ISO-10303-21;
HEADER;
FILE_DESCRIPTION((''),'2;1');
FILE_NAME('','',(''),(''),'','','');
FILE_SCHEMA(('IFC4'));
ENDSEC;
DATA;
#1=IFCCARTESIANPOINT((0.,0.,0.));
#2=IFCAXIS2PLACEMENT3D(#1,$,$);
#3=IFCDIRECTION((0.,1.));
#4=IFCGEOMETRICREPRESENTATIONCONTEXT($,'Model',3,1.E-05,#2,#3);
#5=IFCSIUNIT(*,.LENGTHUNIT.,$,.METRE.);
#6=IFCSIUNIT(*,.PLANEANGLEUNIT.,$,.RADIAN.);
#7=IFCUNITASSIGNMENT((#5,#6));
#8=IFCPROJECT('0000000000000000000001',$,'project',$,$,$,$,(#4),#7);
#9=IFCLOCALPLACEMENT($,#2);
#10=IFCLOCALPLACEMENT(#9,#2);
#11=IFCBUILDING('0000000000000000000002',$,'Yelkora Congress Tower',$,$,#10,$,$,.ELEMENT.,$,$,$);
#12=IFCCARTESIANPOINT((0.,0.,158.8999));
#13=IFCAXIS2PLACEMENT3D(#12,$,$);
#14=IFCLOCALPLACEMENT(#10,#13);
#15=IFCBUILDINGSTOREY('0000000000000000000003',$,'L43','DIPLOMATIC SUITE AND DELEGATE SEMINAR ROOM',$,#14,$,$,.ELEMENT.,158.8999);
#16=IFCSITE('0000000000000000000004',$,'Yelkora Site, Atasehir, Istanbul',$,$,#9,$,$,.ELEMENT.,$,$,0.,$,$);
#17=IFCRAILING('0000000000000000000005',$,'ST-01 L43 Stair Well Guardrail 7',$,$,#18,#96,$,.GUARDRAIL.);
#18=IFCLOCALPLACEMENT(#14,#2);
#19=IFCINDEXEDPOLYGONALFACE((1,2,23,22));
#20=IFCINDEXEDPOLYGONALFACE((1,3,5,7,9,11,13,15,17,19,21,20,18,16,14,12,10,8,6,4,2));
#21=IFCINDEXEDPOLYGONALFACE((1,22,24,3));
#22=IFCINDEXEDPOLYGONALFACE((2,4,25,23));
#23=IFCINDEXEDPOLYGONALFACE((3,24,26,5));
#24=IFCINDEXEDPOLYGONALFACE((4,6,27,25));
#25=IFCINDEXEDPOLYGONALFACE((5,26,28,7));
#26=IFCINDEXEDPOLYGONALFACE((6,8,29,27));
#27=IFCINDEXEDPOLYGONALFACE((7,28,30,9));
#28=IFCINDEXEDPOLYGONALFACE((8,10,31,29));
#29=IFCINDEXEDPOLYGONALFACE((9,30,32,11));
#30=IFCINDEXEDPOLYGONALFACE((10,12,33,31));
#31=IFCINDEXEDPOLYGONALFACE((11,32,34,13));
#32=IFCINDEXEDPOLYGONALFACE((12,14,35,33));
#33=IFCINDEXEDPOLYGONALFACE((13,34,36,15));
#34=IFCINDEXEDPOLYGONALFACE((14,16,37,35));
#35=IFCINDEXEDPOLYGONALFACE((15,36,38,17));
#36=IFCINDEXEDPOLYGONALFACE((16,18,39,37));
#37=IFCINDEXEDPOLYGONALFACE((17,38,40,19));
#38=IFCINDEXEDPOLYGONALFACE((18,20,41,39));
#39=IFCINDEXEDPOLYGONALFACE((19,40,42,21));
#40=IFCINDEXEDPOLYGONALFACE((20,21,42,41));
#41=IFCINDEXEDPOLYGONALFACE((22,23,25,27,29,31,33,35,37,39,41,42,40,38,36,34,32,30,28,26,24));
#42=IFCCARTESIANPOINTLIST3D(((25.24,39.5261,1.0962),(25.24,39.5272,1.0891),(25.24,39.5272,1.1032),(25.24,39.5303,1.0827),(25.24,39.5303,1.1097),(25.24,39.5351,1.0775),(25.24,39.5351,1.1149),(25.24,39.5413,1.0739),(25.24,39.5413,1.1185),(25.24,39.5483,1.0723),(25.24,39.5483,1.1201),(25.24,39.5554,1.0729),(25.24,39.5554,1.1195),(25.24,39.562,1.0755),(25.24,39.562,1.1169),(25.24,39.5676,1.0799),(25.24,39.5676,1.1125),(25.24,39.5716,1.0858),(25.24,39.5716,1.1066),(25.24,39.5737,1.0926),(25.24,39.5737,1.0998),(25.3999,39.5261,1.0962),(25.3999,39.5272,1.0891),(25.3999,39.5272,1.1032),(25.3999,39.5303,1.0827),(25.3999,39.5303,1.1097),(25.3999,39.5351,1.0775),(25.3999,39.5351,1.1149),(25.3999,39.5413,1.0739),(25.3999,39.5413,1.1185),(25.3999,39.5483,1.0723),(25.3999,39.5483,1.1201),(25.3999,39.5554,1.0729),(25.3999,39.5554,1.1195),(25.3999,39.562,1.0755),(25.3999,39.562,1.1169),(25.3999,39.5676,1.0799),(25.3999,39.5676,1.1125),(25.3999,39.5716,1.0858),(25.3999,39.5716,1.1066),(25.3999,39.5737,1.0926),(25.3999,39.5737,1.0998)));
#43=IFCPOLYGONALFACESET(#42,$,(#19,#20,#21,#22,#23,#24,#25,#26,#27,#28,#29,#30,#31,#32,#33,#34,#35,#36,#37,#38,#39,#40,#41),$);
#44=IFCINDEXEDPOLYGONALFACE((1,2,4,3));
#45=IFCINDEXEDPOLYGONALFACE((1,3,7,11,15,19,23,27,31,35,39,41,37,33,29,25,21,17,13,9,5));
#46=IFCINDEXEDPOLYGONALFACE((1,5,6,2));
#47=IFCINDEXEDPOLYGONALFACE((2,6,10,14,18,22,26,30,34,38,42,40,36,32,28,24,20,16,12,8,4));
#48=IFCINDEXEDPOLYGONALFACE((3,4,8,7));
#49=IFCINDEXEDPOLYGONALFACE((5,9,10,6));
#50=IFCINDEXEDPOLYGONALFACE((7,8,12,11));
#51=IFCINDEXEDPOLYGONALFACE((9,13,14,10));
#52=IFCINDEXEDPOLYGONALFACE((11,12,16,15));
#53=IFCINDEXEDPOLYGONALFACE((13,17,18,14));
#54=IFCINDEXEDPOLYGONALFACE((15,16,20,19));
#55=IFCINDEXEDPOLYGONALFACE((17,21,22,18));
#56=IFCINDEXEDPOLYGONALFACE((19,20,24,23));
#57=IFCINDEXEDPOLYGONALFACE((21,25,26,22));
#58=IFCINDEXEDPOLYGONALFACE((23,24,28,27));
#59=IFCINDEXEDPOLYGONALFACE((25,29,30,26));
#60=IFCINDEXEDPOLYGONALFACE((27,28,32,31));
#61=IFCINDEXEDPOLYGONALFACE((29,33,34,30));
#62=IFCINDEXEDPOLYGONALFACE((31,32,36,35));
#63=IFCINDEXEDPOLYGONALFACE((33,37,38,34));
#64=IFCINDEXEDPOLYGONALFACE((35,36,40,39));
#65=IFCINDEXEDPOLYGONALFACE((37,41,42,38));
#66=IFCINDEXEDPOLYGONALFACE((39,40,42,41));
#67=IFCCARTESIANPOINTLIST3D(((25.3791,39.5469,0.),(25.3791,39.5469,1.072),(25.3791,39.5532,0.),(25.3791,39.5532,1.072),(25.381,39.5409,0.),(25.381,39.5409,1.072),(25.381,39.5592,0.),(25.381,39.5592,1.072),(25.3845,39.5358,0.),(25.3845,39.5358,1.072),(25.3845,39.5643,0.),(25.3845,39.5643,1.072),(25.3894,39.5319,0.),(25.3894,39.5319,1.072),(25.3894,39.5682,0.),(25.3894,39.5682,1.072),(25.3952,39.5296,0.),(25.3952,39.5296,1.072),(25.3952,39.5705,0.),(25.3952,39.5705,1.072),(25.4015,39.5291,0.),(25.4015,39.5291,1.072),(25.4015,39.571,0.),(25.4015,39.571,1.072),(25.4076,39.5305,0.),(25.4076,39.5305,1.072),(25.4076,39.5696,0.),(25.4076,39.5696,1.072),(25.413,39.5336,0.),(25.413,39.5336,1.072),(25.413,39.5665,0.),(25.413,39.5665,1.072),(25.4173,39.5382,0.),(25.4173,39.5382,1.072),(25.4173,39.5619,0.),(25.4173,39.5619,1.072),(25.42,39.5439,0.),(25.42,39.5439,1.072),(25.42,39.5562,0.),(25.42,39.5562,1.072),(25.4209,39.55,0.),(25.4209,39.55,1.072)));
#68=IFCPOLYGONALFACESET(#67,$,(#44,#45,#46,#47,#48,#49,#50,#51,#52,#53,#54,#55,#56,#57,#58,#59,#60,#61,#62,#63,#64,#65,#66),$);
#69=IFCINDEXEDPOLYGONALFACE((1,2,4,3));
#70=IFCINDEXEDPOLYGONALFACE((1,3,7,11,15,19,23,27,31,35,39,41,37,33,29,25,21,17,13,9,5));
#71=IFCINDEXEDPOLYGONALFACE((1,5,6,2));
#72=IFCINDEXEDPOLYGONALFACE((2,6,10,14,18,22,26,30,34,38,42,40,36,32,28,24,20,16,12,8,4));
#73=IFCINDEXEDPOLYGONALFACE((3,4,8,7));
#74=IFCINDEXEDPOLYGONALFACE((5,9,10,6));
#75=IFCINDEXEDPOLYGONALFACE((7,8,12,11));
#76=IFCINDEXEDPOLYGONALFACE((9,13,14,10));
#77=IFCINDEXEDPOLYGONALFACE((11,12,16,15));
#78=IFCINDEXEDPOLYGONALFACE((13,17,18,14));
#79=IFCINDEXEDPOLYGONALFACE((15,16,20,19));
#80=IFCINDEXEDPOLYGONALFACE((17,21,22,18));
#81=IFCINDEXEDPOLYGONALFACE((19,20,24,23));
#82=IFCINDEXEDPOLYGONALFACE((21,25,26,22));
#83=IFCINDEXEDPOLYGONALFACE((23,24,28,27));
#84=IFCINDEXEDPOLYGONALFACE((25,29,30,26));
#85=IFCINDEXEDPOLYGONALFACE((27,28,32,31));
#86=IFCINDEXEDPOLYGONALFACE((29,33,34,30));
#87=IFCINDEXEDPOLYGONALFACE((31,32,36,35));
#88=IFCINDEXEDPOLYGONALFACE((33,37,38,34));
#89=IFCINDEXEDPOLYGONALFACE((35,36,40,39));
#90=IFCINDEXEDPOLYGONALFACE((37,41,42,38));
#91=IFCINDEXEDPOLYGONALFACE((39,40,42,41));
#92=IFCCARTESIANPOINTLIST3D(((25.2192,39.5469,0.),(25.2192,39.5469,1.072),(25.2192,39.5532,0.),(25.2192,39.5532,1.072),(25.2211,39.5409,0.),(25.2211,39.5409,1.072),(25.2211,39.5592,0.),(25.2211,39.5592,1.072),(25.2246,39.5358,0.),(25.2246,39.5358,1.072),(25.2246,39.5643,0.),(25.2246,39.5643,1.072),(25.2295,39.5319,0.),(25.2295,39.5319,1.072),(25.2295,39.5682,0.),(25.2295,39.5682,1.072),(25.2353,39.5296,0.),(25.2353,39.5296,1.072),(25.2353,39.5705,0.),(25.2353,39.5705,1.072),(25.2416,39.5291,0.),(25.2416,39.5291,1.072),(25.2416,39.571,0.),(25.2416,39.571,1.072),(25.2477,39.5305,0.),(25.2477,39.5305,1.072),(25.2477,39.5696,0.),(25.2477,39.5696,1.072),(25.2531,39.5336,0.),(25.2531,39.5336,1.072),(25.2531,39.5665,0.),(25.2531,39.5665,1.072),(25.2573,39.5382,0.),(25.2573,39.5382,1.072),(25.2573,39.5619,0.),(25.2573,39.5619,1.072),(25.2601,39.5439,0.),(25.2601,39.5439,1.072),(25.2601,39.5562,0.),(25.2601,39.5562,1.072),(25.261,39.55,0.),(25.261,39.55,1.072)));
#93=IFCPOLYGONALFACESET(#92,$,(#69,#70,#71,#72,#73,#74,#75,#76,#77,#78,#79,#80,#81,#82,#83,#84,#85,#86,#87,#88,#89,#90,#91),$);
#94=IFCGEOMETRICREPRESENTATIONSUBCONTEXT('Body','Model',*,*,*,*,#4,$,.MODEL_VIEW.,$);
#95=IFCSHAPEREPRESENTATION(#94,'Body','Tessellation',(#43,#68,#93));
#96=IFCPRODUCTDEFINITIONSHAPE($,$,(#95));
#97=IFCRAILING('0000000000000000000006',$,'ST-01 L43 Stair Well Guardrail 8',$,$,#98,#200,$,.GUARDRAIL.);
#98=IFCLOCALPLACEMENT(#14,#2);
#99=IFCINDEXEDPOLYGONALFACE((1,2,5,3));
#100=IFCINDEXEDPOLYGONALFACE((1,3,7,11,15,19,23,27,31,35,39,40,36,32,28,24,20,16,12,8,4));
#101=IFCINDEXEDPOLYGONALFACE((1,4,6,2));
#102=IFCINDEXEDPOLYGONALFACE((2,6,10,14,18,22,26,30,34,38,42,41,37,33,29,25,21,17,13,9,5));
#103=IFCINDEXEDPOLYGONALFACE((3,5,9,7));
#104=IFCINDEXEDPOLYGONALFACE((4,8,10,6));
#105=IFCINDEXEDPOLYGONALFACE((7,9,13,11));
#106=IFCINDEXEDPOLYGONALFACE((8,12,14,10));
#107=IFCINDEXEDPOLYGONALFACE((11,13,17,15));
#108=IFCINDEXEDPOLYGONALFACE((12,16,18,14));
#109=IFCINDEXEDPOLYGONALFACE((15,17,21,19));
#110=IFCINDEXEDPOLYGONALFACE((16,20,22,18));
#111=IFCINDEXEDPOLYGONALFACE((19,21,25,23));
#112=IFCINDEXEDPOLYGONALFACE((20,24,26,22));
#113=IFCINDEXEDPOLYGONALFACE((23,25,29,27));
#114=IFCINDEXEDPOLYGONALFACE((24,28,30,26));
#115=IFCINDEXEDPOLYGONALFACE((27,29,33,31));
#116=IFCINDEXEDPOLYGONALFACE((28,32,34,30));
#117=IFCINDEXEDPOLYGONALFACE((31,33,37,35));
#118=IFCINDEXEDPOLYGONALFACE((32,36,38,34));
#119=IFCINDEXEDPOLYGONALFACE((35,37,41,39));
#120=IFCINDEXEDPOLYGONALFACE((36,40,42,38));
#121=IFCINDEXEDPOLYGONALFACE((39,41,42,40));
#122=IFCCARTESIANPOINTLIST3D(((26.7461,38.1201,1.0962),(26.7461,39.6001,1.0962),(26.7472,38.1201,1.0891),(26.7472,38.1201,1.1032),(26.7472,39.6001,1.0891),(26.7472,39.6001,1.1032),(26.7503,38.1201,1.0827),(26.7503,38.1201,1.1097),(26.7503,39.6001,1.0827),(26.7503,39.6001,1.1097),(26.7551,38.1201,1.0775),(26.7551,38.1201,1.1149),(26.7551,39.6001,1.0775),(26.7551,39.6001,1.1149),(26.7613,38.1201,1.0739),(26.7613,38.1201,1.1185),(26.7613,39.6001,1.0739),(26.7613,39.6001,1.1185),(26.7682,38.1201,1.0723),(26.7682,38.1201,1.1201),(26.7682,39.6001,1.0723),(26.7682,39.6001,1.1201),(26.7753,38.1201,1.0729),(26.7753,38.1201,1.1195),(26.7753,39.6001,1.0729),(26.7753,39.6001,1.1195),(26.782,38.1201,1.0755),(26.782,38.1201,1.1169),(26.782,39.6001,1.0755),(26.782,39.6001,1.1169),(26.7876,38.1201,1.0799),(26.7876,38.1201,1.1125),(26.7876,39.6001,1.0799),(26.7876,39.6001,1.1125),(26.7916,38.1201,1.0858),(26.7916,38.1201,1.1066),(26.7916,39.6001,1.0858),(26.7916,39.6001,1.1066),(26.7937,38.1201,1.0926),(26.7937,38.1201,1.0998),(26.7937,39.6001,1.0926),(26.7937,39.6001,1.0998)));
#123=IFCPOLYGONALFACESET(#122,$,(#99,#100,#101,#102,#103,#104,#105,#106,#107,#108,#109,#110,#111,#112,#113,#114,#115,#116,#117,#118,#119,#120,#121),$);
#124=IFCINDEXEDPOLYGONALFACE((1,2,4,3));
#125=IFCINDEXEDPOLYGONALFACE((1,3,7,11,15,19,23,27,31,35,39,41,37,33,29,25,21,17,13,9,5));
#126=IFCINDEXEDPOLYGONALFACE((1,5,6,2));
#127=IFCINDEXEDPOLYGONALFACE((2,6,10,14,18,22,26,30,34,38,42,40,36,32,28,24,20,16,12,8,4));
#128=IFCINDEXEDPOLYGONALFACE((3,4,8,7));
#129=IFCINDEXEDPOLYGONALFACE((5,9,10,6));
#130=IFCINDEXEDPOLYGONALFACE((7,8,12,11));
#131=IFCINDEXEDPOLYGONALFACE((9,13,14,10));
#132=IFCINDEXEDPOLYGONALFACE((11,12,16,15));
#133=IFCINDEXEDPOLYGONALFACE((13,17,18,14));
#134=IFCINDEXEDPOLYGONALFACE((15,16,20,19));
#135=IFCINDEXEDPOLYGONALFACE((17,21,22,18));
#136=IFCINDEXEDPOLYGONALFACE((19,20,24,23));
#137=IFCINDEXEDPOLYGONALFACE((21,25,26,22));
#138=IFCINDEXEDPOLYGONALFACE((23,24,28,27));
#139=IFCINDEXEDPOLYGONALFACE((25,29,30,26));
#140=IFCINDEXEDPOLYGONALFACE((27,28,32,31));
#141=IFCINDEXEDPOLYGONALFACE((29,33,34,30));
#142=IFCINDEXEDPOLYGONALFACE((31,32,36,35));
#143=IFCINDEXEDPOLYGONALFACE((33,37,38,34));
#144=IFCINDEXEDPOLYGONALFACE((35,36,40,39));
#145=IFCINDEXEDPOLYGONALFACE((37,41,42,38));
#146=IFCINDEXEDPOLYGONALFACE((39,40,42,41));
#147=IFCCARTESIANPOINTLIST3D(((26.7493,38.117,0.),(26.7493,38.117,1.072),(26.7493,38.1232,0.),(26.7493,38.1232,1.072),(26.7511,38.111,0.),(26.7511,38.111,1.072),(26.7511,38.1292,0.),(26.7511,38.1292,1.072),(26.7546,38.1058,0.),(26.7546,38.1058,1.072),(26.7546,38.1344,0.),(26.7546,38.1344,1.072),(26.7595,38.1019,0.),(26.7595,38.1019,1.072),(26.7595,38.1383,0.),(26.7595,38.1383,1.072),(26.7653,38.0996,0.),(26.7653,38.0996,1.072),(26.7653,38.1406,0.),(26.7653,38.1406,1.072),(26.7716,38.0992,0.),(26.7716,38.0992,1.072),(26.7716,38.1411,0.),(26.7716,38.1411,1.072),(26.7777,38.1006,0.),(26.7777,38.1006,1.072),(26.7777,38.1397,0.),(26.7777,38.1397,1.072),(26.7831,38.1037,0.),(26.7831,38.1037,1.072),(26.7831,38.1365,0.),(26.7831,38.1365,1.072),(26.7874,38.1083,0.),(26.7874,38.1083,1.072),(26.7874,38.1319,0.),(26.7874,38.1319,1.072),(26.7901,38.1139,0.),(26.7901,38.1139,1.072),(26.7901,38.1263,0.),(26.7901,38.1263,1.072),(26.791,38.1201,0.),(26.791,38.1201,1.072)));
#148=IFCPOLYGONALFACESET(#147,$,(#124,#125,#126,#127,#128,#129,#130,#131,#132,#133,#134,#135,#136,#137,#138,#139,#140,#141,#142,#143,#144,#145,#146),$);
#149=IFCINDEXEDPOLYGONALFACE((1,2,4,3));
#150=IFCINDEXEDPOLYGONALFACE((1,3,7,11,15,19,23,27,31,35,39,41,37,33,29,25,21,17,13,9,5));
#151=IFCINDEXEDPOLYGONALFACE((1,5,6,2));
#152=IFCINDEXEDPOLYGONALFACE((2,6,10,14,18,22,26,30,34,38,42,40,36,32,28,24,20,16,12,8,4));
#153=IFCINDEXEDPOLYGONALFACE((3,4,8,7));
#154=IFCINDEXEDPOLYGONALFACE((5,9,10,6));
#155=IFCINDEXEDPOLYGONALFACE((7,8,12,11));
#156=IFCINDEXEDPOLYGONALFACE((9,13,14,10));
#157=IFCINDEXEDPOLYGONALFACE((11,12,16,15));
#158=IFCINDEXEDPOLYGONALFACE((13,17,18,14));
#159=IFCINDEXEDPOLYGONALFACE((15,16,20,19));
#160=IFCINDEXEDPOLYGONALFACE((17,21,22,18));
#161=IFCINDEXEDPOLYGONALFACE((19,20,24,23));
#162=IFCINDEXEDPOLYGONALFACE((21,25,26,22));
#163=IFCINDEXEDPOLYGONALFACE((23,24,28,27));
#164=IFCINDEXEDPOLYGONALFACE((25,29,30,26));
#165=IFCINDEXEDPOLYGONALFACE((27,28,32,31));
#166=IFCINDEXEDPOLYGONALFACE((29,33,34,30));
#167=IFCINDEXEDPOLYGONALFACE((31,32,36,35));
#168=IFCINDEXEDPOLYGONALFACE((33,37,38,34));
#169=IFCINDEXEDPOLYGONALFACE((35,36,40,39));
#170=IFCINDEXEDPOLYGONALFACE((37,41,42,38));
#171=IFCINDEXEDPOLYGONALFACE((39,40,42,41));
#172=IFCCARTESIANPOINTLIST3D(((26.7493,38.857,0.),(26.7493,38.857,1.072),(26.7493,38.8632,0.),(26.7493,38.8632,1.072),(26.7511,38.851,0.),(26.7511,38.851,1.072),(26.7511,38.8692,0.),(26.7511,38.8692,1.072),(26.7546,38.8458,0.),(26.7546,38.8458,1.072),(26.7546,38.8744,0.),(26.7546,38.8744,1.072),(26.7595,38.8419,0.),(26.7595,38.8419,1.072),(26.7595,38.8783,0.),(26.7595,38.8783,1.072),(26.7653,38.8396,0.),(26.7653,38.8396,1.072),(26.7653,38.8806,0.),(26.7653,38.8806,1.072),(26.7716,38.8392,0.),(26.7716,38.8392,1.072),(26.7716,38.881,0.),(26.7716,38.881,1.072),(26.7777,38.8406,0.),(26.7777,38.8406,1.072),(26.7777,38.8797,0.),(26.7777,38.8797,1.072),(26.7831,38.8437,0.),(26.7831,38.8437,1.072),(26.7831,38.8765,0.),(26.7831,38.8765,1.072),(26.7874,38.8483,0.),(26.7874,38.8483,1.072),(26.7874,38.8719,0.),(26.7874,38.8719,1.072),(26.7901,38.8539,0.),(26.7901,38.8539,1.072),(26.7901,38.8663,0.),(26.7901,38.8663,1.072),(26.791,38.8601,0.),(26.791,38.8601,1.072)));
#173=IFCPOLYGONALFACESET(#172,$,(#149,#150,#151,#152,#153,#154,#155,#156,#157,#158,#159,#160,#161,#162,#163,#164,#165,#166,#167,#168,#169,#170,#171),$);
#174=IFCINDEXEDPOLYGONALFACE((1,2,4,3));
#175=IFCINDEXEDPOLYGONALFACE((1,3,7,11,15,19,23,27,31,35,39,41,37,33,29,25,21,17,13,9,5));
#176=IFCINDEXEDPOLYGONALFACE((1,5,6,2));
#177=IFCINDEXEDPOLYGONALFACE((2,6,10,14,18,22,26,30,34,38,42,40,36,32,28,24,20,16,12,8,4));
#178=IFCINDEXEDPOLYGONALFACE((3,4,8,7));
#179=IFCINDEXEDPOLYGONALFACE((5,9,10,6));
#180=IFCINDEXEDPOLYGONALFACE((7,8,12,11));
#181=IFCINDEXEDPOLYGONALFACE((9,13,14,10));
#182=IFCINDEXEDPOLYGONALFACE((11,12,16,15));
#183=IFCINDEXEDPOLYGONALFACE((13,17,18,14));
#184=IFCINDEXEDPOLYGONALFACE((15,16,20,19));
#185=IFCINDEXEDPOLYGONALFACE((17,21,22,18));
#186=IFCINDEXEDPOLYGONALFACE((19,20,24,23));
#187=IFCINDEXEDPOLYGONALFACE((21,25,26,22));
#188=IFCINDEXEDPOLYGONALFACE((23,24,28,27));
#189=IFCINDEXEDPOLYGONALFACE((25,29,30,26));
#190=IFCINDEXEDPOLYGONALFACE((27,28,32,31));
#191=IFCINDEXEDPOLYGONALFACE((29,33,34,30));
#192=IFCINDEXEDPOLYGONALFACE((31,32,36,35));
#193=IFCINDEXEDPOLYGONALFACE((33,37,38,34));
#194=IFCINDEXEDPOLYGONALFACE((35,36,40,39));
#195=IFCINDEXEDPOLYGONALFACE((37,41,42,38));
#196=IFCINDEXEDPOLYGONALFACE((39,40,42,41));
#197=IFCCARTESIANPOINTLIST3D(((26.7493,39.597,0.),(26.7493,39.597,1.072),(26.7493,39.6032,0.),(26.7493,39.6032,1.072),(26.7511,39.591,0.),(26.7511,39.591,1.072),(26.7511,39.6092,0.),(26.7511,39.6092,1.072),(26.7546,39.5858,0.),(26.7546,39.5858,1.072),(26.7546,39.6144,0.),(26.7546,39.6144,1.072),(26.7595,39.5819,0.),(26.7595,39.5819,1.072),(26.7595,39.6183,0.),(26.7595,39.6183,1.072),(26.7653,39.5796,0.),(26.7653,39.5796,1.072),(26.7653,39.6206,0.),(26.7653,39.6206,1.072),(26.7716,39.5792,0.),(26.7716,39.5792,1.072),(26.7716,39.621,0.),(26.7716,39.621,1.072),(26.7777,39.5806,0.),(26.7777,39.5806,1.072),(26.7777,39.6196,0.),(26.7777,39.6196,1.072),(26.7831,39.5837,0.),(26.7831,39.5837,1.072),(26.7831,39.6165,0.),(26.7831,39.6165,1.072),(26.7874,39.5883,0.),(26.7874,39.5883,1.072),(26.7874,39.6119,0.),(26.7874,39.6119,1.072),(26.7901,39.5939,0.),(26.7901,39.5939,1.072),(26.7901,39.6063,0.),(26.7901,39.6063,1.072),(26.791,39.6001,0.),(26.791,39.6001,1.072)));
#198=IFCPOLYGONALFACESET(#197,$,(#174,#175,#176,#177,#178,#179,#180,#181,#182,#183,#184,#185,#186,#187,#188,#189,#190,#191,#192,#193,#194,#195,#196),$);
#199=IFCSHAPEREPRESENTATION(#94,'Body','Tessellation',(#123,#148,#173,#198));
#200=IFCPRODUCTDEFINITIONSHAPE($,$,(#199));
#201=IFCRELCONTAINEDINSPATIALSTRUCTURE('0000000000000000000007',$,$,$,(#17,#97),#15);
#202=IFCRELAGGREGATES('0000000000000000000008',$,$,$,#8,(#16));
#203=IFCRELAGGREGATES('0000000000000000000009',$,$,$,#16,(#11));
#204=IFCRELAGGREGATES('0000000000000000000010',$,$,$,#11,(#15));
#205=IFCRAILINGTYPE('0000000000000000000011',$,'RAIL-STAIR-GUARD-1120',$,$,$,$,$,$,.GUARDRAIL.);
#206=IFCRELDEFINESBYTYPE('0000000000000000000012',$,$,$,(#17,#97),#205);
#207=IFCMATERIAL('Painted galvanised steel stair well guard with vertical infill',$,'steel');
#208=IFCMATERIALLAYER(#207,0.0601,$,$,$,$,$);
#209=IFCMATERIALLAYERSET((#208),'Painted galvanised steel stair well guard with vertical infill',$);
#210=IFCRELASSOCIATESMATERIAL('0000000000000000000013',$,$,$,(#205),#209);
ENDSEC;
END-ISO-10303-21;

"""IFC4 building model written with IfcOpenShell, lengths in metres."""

from ifc_helpers import new_model, si_unit, direction, frame, origin, origin_2d, place, context, subcontext, project, spatial, circle, extrude, material, layer, layer_set, type_object, element, save


model = new_model("IFC4")

# Units and contexts
model_context = context("Model", 3, precision=1e-05, world=origin(), true_north=direction((0.0, 1.0)))
body_context = subcontext(model_context, "Body", "Model", "MODEL_VIEW")
ifc_project = project(units=[si_unit("LENGTHUNIT", "METRE"), si_unit("PLANEANGLEUNIT", "RADIAN")], contexts=[model_context])

# Site, building, storey
site_placement = place(None, origin())
site = spatial("IfcSite", under=ifc_project, at=site_placement, Name="Yelkora Site, Atasehir, Istanbul", CompositionType="ELEMENT", RefElevation=0.0)
building_placement = place(site_placement, origin())
building = spatial("IfcBuilding", under=site, at=building_placement, Name="Yelkora Congress Tower", CompositionType="ELEMENT")
storey_placement = place(building_placement, frame((0.0, 0.0, 158.8999)))
storey = spatial("IfcBuildingStorey", under=building, at=storey_placement, Name="L43", Description="DIPLOMATIC SUITE AND DELEGATE SEMINAR ROOM", CompositionType="ELEMENT", Elevation=158.8999)

# Railings
ifc_material_1 = material(Name="Painted galvanised steel stair well guard with vertical infill", Category="steel")
ifc_layer_1 = layer(ifc_material_1, 0.0601)
ifc_layer_set_1 = layer_set([ifc_layer_1], Name="Painted galvanised steel stair well guard with vertical infill")
railing_type_1 = type_object("IfcRailingType", Name="RAIL-STAIR-GUARD-1120", PredefinedType="GUARDRAIL", material=ifc_layer_set_1)
railing_1_placement = place(storey_placement, frame((25.3999, 39.55, 0.0)))
element("IfcRailing", 1, at=railing_1_placement, inside=storey, type_object=railing_type_1, Name="ST-01 L43 Stair Well Guardrail 7", PredefinedType="GUARDRAIL", context=body_context, shape_type="SweptSolid", body=[
    extrude(circle(Radius=0.0239, at=origin_2d()), frame((0.0, 0.0, 1.0962), z_axis=(-1.0, 0.0, 0.0), x_axis=(0.0, -1.0, 0.0)), (0.0, 0.0, 1.0), 0.1599),
    extrude(circle(Radius=0.021, at=origin_2d()), origin(), (0.0, 0.0, 1.0), 1.072),
    extrude(circle(Radius=0.021, at=origin_2d()), frame((-0.1599, 0.0, 0.0)), (0.0, 0.0, 1.0), 1.072),
])
for number, where, name in (
    (2, (26.77, 38.1201, 0.0), "ST-01 L43 Stair Well Guardrail 8"),
):
    element("IfcRailing", number, at=place(storey_placement, frame(where)), inside=storey, type_object=railing_type_1, Name=name, PredefinedType="GUARDRAIL", context=body_context, shape_type="SweptSolid", body=[
        extrude(circle(Radius=0.0239, at=origin_2d()), frame((0.0, 0.0, 1.0962), z_axis=(0.0, 1.0, 0.0), x_axis=(-1.0, 0.0, 0.0)), (0.0, 0.0, 1.0), 1.48),
        extrude(circle(Radius=0.021, at=origin_2d()), origin(), (0.0, 0.0, 1.0), 1.072),
        extrude(circle(Radius=0.021, at=origin_2d()), frame((0.0, 0.74, 0.0)), (0.0, 0.0, 1.0), 1.072),
        extrude(circle(Radius=0.021, at=origin_2d()), frame((0.0, 1.48, 0.0)), (0.0, 0.0, 1.0), 1.072),
    ])

save(model, "model.ifc")
